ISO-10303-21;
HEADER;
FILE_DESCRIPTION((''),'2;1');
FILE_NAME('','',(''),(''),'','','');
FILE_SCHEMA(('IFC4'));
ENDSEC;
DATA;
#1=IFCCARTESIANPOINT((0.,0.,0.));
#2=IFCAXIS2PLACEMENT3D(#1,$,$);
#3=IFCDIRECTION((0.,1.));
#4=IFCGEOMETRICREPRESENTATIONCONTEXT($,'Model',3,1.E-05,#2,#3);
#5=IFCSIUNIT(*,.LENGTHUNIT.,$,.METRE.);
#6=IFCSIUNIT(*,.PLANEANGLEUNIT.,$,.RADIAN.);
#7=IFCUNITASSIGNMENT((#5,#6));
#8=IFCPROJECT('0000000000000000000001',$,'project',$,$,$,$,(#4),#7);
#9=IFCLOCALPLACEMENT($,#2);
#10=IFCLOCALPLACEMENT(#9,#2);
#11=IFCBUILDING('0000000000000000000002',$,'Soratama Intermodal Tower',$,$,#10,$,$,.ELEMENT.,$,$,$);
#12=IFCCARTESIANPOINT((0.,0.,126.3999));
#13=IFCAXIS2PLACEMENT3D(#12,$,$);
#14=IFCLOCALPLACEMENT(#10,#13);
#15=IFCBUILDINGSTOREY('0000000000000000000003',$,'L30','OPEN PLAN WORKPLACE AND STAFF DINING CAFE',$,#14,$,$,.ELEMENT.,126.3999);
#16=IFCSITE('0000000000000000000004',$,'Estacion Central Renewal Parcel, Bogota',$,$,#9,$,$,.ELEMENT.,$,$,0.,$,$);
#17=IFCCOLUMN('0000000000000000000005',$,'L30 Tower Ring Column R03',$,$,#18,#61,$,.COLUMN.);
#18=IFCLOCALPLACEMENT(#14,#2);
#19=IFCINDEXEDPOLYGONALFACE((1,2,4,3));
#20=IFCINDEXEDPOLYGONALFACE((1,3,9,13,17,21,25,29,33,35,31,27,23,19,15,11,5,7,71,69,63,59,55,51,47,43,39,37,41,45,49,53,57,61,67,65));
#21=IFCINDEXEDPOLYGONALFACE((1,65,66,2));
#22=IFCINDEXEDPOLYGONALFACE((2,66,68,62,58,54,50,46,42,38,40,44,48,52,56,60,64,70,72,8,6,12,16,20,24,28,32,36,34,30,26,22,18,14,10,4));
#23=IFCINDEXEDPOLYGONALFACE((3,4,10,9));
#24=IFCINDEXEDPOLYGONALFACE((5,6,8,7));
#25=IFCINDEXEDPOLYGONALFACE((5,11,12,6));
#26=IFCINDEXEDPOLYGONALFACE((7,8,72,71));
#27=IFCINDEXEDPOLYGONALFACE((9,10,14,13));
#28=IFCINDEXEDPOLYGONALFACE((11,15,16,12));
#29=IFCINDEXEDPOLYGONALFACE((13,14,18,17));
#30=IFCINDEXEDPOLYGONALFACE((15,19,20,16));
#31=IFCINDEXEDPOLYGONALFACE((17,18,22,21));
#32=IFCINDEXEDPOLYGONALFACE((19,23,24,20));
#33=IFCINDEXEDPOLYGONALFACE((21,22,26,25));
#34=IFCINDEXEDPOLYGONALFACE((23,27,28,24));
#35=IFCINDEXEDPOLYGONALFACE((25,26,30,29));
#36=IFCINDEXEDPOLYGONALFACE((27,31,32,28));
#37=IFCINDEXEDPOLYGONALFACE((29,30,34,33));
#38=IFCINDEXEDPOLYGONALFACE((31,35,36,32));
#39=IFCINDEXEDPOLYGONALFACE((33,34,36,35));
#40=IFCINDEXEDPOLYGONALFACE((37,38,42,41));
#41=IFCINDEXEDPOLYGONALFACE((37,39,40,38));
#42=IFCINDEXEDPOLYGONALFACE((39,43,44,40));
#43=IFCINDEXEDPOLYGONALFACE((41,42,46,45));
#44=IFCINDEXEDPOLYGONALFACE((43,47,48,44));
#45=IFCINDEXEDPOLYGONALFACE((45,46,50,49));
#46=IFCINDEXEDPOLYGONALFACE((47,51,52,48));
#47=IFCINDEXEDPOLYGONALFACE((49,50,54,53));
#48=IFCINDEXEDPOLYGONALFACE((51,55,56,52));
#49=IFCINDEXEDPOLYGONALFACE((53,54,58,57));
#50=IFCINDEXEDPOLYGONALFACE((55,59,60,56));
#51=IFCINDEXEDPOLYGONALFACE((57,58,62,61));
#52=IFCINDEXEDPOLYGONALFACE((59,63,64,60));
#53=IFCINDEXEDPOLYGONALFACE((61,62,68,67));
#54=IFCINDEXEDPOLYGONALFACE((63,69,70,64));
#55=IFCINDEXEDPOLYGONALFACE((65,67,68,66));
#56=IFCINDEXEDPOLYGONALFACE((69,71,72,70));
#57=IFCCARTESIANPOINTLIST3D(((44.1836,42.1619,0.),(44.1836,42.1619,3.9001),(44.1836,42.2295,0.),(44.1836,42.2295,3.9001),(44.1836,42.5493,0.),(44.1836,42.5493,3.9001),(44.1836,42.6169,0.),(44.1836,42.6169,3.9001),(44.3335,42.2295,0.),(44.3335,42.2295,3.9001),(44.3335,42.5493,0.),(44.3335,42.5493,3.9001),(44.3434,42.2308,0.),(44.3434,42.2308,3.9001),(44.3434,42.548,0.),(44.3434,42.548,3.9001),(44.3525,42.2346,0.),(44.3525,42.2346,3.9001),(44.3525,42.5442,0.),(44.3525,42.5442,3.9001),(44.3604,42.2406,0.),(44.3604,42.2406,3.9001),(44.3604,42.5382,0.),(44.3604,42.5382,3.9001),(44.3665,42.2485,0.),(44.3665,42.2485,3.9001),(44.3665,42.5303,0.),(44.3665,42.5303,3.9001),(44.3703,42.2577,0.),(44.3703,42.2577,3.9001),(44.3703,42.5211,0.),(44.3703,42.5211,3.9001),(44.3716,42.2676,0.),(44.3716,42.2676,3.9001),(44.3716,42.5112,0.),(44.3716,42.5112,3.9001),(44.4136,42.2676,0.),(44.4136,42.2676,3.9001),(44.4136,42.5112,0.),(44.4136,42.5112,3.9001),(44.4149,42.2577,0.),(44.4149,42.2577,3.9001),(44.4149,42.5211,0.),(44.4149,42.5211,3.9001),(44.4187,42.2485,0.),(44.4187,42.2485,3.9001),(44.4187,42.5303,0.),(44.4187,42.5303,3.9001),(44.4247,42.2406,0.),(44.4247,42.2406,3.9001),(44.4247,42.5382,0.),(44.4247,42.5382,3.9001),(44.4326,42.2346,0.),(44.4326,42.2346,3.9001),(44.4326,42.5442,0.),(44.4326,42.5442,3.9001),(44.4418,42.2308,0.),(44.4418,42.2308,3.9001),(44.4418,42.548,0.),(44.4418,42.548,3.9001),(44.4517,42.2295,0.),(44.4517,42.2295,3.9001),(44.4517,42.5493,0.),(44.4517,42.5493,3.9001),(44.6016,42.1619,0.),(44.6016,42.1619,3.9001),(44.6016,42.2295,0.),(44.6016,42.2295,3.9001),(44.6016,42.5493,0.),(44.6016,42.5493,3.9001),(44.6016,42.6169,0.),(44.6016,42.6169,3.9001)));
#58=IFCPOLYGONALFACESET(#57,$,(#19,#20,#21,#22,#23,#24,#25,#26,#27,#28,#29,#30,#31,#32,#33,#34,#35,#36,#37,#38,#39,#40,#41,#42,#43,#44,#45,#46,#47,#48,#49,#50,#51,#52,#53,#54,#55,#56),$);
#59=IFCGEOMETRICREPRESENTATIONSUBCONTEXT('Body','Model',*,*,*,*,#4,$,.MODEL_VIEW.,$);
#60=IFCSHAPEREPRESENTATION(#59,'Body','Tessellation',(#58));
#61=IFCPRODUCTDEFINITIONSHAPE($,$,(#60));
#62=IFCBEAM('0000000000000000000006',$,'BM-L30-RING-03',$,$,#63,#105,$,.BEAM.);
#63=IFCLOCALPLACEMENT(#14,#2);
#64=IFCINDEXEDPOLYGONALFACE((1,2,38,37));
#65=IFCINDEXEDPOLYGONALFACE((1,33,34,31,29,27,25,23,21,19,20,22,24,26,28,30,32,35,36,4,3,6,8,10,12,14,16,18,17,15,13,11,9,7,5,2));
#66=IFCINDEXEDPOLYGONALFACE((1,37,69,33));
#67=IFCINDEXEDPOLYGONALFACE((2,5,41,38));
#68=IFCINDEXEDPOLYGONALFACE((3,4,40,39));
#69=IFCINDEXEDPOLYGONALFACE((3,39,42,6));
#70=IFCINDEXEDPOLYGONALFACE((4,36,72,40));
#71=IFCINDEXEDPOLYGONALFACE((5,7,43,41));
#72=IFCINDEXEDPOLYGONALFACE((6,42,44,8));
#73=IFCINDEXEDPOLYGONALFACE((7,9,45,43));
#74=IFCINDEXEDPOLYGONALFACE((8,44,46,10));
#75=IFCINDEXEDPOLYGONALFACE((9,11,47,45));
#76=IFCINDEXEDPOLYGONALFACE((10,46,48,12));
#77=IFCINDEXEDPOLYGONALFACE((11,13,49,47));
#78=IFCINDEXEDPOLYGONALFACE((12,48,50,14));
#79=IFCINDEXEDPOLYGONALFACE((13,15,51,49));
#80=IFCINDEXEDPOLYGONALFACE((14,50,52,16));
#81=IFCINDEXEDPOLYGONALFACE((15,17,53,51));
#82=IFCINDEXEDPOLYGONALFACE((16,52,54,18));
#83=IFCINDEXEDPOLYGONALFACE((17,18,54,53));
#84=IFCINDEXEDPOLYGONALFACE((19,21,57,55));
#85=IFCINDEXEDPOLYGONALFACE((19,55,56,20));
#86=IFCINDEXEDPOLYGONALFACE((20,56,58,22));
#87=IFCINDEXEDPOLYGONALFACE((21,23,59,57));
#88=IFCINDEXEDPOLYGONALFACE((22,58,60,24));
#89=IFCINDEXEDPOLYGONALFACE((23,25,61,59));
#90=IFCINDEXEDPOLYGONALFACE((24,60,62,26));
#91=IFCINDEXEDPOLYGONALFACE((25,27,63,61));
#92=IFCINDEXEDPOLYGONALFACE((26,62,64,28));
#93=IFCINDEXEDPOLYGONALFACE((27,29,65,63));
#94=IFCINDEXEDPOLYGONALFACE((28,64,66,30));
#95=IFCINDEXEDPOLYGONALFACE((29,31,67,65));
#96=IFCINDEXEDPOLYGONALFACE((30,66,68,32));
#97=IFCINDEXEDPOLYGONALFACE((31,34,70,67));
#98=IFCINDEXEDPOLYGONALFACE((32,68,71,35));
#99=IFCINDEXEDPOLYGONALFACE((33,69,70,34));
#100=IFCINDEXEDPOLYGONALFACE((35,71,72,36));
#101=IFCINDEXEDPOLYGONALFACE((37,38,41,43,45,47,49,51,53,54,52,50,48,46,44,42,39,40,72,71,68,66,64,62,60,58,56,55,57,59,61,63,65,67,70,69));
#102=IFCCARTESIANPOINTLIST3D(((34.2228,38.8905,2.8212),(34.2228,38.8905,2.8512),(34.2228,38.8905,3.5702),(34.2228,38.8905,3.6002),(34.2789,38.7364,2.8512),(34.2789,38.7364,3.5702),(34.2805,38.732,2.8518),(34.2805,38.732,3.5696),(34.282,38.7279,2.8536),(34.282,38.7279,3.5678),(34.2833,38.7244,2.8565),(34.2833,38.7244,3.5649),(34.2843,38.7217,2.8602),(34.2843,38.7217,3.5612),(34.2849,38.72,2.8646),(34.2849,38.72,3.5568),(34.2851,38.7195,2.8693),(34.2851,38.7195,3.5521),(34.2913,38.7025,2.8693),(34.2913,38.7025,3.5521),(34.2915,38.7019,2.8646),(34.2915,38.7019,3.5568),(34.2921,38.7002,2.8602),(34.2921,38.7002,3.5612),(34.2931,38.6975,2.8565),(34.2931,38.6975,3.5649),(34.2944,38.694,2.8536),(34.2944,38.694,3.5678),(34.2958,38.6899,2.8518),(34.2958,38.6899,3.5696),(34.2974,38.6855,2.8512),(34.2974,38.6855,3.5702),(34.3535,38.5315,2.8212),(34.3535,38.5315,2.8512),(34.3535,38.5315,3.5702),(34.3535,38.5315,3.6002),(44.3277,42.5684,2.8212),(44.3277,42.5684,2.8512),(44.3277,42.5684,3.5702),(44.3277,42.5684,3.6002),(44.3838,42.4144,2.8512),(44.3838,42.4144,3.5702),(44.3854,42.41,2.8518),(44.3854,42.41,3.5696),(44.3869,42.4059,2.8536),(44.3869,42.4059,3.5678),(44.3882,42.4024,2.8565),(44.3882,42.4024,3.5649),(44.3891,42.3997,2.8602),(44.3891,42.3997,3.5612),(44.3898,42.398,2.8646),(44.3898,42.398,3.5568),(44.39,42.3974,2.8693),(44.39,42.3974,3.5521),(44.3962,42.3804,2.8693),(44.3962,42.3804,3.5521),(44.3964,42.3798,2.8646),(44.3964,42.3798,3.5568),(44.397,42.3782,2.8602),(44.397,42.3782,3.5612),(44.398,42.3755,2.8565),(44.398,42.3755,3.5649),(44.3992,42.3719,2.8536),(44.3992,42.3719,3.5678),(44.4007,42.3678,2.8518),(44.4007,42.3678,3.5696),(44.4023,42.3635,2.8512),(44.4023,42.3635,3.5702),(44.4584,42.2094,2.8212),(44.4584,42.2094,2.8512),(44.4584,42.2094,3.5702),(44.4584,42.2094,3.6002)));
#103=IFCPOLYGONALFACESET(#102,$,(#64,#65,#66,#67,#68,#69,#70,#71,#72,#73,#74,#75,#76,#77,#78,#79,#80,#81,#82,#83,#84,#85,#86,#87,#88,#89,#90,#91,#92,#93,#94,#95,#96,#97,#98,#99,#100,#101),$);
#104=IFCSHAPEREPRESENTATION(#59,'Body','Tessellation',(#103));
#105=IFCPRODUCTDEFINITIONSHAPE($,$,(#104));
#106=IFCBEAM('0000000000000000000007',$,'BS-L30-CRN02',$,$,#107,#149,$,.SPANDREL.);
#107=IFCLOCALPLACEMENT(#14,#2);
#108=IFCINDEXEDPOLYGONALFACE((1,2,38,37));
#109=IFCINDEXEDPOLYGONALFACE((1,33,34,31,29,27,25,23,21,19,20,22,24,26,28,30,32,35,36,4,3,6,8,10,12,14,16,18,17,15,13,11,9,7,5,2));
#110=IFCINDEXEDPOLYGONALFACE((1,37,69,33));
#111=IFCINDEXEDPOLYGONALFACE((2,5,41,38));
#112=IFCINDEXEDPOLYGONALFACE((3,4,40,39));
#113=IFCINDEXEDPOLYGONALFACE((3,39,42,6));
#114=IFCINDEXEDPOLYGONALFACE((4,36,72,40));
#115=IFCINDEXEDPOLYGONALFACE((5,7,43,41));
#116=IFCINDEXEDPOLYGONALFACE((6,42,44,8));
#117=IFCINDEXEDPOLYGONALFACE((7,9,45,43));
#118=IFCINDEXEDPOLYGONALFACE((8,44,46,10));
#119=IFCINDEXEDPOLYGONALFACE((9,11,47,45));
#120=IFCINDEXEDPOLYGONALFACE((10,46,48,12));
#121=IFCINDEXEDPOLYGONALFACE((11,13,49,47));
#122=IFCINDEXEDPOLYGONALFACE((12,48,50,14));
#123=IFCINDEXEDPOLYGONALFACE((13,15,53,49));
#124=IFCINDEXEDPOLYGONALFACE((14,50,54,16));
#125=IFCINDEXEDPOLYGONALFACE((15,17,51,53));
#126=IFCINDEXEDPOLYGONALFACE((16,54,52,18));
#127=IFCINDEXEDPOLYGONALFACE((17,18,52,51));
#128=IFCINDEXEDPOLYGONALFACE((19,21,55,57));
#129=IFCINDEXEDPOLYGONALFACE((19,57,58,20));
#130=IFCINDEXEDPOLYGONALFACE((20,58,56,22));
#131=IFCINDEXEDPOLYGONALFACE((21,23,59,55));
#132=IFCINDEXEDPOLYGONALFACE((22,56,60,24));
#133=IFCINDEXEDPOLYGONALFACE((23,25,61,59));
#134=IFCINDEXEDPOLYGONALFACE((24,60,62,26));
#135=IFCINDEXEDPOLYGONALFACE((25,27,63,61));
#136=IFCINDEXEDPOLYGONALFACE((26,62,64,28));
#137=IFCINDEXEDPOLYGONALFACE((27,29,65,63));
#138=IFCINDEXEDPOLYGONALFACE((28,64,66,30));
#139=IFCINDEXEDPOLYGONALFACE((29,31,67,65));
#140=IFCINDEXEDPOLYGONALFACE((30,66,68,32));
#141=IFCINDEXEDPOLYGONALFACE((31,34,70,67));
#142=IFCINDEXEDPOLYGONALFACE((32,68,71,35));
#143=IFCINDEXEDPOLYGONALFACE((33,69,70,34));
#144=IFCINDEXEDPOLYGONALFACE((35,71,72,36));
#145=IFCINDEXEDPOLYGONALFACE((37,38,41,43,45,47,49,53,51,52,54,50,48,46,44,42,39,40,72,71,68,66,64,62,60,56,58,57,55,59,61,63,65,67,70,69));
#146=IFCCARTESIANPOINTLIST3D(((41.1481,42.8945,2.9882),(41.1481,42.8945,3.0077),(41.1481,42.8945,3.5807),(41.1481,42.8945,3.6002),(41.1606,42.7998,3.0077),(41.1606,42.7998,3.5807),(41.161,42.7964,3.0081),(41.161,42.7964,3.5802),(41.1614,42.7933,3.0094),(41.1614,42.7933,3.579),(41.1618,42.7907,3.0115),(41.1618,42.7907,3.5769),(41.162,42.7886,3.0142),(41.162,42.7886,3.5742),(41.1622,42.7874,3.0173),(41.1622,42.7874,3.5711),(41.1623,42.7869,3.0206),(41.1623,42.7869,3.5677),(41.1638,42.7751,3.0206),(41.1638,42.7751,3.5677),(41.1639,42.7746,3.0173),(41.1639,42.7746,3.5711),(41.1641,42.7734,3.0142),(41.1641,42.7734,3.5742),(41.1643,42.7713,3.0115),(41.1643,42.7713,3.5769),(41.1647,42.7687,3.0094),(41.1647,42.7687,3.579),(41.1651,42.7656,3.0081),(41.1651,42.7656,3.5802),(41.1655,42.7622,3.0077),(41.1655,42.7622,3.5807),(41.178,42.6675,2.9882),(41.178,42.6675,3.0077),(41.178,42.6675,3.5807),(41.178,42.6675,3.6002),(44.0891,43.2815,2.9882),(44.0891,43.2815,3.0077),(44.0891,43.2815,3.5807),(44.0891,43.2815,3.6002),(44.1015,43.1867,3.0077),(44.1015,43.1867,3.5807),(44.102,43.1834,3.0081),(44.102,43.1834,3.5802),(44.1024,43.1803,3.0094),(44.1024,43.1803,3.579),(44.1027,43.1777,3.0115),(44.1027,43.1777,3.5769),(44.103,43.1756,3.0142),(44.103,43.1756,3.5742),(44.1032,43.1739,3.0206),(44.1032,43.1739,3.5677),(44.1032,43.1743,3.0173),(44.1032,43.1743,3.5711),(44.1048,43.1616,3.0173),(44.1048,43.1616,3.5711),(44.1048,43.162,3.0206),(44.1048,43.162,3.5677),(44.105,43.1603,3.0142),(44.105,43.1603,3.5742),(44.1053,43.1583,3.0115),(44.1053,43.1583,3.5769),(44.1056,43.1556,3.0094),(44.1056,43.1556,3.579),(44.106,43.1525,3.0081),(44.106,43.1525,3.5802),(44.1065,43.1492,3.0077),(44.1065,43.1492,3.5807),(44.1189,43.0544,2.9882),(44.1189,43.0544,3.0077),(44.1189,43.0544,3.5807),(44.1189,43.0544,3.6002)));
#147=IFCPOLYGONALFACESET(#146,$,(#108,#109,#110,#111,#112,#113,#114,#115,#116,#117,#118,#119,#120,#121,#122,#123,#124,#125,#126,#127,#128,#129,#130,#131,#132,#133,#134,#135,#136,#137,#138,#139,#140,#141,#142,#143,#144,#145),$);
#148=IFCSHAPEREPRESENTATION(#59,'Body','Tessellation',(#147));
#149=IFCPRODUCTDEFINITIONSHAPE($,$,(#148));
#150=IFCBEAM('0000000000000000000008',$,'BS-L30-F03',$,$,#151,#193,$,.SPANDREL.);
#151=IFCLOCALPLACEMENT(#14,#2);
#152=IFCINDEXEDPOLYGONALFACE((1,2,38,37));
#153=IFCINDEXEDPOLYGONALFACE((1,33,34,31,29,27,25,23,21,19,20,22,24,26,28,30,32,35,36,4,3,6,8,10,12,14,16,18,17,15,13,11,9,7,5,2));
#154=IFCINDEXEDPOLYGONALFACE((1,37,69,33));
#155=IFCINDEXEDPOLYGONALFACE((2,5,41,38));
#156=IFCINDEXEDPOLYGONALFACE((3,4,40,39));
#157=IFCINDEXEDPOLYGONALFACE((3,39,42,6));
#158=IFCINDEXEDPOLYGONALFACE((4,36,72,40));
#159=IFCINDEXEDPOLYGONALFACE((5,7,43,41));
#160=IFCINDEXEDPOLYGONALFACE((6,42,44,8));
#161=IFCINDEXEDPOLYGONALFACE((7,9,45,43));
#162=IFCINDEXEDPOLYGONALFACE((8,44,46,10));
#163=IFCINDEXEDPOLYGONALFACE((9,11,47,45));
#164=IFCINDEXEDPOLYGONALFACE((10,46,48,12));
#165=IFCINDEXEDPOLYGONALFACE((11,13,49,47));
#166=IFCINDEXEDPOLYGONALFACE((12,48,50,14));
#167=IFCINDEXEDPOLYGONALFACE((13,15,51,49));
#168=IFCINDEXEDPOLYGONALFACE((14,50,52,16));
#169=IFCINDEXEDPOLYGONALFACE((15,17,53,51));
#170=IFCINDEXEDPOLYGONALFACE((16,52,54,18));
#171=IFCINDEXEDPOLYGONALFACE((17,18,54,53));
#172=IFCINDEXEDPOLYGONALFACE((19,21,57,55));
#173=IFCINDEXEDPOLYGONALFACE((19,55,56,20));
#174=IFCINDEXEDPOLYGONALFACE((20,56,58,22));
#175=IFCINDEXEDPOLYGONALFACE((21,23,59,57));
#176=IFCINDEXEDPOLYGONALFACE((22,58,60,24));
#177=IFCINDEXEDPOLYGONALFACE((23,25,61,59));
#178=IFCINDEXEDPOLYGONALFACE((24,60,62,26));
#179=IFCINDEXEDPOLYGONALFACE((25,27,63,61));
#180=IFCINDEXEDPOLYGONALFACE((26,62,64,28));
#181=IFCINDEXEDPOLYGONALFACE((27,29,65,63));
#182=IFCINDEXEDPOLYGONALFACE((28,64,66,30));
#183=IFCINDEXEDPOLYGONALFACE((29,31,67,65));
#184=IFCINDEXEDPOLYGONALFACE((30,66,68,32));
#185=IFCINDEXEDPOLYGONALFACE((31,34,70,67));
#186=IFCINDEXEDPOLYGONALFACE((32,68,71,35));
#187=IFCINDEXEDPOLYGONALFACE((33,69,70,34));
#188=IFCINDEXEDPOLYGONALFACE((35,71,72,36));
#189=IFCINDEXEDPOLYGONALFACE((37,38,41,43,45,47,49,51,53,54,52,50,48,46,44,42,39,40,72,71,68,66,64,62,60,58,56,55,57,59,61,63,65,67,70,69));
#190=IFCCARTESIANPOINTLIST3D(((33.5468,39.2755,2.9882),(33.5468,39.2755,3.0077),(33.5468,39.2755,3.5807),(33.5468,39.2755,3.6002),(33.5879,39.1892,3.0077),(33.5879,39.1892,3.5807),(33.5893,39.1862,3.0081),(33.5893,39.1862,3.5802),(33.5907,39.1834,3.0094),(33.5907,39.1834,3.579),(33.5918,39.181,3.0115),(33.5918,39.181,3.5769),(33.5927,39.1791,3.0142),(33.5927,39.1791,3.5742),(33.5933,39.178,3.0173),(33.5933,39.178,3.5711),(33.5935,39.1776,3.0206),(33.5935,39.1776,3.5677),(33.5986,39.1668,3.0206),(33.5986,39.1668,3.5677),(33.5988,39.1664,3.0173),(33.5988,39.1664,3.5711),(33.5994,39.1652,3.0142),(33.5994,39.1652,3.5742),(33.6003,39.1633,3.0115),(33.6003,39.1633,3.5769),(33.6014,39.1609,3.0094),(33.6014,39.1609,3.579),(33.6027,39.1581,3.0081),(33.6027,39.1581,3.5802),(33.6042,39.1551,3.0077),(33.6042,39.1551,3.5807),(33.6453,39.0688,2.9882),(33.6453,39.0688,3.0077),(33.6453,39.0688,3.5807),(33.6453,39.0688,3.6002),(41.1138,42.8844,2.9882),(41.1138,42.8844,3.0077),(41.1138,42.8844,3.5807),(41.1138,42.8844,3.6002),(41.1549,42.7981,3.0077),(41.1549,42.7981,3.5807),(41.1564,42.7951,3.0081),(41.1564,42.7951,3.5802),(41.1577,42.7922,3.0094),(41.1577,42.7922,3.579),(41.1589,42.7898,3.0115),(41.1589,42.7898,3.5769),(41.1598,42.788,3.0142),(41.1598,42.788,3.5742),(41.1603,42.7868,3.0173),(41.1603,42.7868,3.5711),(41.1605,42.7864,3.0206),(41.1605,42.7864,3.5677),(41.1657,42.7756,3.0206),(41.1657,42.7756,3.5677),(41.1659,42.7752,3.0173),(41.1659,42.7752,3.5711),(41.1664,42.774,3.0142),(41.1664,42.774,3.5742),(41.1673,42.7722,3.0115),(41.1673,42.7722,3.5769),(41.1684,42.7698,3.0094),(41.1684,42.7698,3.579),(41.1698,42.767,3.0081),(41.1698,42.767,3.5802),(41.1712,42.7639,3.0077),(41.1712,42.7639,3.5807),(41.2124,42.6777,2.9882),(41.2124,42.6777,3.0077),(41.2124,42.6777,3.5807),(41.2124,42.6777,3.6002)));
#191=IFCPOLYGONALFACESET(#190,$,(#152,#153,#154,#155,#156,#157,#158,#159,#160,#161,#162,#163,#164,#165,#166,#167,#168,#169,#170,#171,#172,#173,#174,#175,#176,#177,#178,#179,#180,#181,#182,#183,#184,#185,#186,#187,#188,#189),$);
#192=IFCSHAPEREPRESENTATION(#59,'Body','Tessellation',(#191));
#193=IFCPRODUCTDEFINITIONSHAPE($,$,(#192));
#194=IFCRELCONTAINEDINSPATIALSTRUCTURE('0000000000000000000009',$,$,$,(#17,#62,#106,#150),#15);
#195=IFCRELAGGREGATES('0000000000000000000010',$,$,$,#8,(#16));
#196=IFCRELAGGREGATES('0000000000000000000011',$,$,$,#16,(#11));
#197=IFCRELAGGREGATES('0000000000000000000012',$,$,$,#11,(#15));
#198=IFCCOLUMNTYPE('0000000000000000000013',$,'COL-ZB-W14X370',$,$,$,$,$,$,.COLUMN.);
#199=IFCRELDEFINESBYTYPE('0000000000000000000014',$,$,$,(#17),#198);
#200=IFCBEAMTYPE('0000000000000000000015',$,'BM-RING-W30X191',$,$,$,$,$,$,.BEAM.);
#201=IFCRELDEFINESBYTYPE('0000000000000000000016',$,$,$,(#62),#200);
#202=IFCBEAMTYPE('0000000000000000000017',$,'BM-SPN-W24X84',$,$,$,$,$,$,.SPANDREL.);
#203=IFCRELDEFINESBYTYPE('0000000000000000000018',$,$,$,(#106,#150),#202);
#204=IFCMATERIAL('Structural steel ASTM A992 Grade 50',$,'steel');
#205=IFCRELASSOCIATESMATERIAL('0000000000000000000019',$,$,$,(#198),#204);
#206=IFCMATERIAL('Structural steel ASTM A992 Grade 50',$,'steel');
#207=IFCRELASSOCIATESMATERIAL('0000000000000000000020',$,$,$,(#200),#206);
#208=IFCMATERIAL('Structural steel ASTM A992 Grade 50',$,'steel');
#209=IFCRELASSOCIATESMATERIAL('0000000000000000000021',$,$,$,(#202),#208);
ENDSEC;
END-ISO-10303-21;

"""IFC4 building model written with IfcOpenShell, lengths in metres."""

from ifc_helpers import new_model, si_unit, direction, frame, origin, origin_2d, place, context, subcontext, project, spatial, i_section, extrude, material, material_profile, profile_set, type_object, element, save


model = new_model("IFC4")

# Units and contexts
model_context = context("Model", 3, precision=1e-05, world=origin(), true_north=direction((0.0, 1.0)))
body_context = subcontext(model_context, "Body", "Model", "MODEL_VIEW")
ifc_project = project(units=[si_unit("LENGTHUNIT", "METRE"), si_unit("PLANEANGLEUNIT", "RADIAN")], contexts=[model_context])

# Site, building, storey
site_placement = place(None, origin())
site = spatial("IfcSite", under=ifc_project, at=site_placement, Name="Estacion Central Renewal Parcel, Bogota", CompositionType="ELEMENT", RefElevation=0.0)
building_placement = place(site_placement, origin())
building = spatial("IfcBuilding", under=site, at=building_placement, Name="Soratama Intermodal Tower", CompositionType="ELEMENT")
storey_placement = place(building_placement, frame((0.0, 0.0, 126.3999)))
storey = spatial("IfcBuildingStorey", under=building, at=storey_placement, Name="L30", Description="OPEN PLAN WORKPLACE AND STAFF DINING CAFE", CompositionType="ELEMENT", Elevation=126.3999)

# Column
ifc_material_1 = material(Name="Structural steel ASTM A992 Grade 50", Category="steel")
ifc_material_profile_1 = material_profile(ifc_material_1, i_section(OverallWidth=0.418, OverallDepth=0.4551, WebThickness=0.042, FlangeThickness=0.0676, FilletRadius=0.0381, at=origin_2d()), Name="W14X370")
ifc_profile_set_1 = profile_set([ifc_material_profile_1], Name="Structural steel ASTM A992 Grade 50")
column_type = type_object("IfcColumnType", Name="COL-ZB-W14X370", PredefinedType="COLUMN", material=ifc_profile_set_1)
column_placement = place(storey_placement, frame((44.3926, 42.3894, 0.0), z_axis=(0.0, 0.0, 1.0), x_axis=(1.0, 0.0, 0.0)))
element("IfcColumn", 1, at=column_placement, inside=storey, type_object=column_type, Name="L30 Tower Ring Column R03", PredefinedType="COLUMN", context=body_context, shape_type="SweptSolid", body=[
    extrude(i_section(OverallWidth=0.418, OverallDepth=0.4551, WebThickness=0.042, FlangeThickness=0.0676, FilletRadius=0.0381, at=origin_2d()), origin(), (0.0, 0.0, 1.0), 3.9001),
])

# Beams
ifc_material_2 = material(Name="Structural steel ASTM A992 Grade 50", Category="steel")
ifc_material_profile_2 = material_profile(ifc_material_2, i_section(OverallWidth=0.3821, OverallDepth=0.7791, WebThickness=0.0181, FlangeThickness=0.03, FilletRadius=0.0181, at=origin_2d()), Name="W30X191")
ifc_profile_set_2 = profile_set([ifc_material_profile_2], Name="Structural steel ASTM A992 Grade 50")
beam_type_1 = type_object("IfcBeamType", Name="BM-RING-W30X191", PredefinedType="BEAM", material=ifc_profile_set_2)
beam_1_placement = place(storey_placement, frame((44.3931, 42.3889, 3.2107), z_axis=(-0.939691, -0.342026, 0.0), x_axis=(0.342026, -0.939691, 0.0)))
element("IfcBeam", 2, at=beam_1_placement, inside=storey, type_object=beam_type_1, Name="BM-L30-RING-03", PredefinedType="BEAM", context=body_context, shape_type="SweptSolid", body=[
    extrude(i_section(OverallWidth=0.3821, OverallDepth=0.7791, WebThickness=0.0181, FlangeThickness=0.03, FilletRadius=0.0181, at=origin_2d()), origin(), (0.0, 0.0, 1.0), 10.7534),
])
ifc_material_3 = material(Name="Structural steel ASTM A992 Grade 50", Category="steel")
ifc_material_profile_3 = material_profile(ifc_material_3, i_section(OverallWidth=0.229, OverallDepth=0.6121, WebThickness=0.012, FlangeThickness=0.0195, FilletRadius=0.0129, at=origin_2d()), Name="W24X84")
ifc_profile_set_3 = profile_set([ifc_material_profile_3], Name="Structural steel ASTM A992 Grade 50")
beam_type_2 = type_object("IfcBeamType", Name="BM-SPN-W24X84", PredefinedType="SPANDREL", material=ifc_profile_set_3)
beam_2_placement = place(storey_placement, frame((44.104, 43.168, 3.2942), z_axis=(-0.991454, -0.130455, 0.0), x_axis=(0.130455, -0.991454, 0.0)))
element("IfcBeam", 3, at=beam_2_placement, inside=storey, type_object=beam_type_2, Name="BS-L30-CRN02", PredefinedType="SPANDREL", context=body_context, shape_type="SweptSolid", body=[
    extrude(i_section(OverallWidth=0.229, OverallDepth=0.6121, WebThickness=0.012, FlangeThickness=0.0195, FilletRadius=0.0129, at=origin_2d()), origin(), (0.0, 0.0, 1.0), 2.9663),
])
beam_3_placement = place(storey_placement, frame((41.1631, 42.781, 3.2942), z_axis=(-0.902606, -0.430467, 0.0), x_axis=(0.430467, -0.902606, 0.0)))
element("IfcBeam", 4, at=beam_3_placement, inside=storey, type_object=beam_type_2, Name="BS-L30-F03", PredefinedType="SPANDREL", context=body_context, shape_type="SweptSolid", body=[
    extrude(i_section(OverallWidth=0.229, OverallDepth=0.6121, WebThickness=0.012, FlangeThickness=0.0195, FilletRadius=0.0129, at=origin_2d()), origin(), (0.0, 0.0, 1.0), 8.3835),
])

save(model, "model.ifc")
